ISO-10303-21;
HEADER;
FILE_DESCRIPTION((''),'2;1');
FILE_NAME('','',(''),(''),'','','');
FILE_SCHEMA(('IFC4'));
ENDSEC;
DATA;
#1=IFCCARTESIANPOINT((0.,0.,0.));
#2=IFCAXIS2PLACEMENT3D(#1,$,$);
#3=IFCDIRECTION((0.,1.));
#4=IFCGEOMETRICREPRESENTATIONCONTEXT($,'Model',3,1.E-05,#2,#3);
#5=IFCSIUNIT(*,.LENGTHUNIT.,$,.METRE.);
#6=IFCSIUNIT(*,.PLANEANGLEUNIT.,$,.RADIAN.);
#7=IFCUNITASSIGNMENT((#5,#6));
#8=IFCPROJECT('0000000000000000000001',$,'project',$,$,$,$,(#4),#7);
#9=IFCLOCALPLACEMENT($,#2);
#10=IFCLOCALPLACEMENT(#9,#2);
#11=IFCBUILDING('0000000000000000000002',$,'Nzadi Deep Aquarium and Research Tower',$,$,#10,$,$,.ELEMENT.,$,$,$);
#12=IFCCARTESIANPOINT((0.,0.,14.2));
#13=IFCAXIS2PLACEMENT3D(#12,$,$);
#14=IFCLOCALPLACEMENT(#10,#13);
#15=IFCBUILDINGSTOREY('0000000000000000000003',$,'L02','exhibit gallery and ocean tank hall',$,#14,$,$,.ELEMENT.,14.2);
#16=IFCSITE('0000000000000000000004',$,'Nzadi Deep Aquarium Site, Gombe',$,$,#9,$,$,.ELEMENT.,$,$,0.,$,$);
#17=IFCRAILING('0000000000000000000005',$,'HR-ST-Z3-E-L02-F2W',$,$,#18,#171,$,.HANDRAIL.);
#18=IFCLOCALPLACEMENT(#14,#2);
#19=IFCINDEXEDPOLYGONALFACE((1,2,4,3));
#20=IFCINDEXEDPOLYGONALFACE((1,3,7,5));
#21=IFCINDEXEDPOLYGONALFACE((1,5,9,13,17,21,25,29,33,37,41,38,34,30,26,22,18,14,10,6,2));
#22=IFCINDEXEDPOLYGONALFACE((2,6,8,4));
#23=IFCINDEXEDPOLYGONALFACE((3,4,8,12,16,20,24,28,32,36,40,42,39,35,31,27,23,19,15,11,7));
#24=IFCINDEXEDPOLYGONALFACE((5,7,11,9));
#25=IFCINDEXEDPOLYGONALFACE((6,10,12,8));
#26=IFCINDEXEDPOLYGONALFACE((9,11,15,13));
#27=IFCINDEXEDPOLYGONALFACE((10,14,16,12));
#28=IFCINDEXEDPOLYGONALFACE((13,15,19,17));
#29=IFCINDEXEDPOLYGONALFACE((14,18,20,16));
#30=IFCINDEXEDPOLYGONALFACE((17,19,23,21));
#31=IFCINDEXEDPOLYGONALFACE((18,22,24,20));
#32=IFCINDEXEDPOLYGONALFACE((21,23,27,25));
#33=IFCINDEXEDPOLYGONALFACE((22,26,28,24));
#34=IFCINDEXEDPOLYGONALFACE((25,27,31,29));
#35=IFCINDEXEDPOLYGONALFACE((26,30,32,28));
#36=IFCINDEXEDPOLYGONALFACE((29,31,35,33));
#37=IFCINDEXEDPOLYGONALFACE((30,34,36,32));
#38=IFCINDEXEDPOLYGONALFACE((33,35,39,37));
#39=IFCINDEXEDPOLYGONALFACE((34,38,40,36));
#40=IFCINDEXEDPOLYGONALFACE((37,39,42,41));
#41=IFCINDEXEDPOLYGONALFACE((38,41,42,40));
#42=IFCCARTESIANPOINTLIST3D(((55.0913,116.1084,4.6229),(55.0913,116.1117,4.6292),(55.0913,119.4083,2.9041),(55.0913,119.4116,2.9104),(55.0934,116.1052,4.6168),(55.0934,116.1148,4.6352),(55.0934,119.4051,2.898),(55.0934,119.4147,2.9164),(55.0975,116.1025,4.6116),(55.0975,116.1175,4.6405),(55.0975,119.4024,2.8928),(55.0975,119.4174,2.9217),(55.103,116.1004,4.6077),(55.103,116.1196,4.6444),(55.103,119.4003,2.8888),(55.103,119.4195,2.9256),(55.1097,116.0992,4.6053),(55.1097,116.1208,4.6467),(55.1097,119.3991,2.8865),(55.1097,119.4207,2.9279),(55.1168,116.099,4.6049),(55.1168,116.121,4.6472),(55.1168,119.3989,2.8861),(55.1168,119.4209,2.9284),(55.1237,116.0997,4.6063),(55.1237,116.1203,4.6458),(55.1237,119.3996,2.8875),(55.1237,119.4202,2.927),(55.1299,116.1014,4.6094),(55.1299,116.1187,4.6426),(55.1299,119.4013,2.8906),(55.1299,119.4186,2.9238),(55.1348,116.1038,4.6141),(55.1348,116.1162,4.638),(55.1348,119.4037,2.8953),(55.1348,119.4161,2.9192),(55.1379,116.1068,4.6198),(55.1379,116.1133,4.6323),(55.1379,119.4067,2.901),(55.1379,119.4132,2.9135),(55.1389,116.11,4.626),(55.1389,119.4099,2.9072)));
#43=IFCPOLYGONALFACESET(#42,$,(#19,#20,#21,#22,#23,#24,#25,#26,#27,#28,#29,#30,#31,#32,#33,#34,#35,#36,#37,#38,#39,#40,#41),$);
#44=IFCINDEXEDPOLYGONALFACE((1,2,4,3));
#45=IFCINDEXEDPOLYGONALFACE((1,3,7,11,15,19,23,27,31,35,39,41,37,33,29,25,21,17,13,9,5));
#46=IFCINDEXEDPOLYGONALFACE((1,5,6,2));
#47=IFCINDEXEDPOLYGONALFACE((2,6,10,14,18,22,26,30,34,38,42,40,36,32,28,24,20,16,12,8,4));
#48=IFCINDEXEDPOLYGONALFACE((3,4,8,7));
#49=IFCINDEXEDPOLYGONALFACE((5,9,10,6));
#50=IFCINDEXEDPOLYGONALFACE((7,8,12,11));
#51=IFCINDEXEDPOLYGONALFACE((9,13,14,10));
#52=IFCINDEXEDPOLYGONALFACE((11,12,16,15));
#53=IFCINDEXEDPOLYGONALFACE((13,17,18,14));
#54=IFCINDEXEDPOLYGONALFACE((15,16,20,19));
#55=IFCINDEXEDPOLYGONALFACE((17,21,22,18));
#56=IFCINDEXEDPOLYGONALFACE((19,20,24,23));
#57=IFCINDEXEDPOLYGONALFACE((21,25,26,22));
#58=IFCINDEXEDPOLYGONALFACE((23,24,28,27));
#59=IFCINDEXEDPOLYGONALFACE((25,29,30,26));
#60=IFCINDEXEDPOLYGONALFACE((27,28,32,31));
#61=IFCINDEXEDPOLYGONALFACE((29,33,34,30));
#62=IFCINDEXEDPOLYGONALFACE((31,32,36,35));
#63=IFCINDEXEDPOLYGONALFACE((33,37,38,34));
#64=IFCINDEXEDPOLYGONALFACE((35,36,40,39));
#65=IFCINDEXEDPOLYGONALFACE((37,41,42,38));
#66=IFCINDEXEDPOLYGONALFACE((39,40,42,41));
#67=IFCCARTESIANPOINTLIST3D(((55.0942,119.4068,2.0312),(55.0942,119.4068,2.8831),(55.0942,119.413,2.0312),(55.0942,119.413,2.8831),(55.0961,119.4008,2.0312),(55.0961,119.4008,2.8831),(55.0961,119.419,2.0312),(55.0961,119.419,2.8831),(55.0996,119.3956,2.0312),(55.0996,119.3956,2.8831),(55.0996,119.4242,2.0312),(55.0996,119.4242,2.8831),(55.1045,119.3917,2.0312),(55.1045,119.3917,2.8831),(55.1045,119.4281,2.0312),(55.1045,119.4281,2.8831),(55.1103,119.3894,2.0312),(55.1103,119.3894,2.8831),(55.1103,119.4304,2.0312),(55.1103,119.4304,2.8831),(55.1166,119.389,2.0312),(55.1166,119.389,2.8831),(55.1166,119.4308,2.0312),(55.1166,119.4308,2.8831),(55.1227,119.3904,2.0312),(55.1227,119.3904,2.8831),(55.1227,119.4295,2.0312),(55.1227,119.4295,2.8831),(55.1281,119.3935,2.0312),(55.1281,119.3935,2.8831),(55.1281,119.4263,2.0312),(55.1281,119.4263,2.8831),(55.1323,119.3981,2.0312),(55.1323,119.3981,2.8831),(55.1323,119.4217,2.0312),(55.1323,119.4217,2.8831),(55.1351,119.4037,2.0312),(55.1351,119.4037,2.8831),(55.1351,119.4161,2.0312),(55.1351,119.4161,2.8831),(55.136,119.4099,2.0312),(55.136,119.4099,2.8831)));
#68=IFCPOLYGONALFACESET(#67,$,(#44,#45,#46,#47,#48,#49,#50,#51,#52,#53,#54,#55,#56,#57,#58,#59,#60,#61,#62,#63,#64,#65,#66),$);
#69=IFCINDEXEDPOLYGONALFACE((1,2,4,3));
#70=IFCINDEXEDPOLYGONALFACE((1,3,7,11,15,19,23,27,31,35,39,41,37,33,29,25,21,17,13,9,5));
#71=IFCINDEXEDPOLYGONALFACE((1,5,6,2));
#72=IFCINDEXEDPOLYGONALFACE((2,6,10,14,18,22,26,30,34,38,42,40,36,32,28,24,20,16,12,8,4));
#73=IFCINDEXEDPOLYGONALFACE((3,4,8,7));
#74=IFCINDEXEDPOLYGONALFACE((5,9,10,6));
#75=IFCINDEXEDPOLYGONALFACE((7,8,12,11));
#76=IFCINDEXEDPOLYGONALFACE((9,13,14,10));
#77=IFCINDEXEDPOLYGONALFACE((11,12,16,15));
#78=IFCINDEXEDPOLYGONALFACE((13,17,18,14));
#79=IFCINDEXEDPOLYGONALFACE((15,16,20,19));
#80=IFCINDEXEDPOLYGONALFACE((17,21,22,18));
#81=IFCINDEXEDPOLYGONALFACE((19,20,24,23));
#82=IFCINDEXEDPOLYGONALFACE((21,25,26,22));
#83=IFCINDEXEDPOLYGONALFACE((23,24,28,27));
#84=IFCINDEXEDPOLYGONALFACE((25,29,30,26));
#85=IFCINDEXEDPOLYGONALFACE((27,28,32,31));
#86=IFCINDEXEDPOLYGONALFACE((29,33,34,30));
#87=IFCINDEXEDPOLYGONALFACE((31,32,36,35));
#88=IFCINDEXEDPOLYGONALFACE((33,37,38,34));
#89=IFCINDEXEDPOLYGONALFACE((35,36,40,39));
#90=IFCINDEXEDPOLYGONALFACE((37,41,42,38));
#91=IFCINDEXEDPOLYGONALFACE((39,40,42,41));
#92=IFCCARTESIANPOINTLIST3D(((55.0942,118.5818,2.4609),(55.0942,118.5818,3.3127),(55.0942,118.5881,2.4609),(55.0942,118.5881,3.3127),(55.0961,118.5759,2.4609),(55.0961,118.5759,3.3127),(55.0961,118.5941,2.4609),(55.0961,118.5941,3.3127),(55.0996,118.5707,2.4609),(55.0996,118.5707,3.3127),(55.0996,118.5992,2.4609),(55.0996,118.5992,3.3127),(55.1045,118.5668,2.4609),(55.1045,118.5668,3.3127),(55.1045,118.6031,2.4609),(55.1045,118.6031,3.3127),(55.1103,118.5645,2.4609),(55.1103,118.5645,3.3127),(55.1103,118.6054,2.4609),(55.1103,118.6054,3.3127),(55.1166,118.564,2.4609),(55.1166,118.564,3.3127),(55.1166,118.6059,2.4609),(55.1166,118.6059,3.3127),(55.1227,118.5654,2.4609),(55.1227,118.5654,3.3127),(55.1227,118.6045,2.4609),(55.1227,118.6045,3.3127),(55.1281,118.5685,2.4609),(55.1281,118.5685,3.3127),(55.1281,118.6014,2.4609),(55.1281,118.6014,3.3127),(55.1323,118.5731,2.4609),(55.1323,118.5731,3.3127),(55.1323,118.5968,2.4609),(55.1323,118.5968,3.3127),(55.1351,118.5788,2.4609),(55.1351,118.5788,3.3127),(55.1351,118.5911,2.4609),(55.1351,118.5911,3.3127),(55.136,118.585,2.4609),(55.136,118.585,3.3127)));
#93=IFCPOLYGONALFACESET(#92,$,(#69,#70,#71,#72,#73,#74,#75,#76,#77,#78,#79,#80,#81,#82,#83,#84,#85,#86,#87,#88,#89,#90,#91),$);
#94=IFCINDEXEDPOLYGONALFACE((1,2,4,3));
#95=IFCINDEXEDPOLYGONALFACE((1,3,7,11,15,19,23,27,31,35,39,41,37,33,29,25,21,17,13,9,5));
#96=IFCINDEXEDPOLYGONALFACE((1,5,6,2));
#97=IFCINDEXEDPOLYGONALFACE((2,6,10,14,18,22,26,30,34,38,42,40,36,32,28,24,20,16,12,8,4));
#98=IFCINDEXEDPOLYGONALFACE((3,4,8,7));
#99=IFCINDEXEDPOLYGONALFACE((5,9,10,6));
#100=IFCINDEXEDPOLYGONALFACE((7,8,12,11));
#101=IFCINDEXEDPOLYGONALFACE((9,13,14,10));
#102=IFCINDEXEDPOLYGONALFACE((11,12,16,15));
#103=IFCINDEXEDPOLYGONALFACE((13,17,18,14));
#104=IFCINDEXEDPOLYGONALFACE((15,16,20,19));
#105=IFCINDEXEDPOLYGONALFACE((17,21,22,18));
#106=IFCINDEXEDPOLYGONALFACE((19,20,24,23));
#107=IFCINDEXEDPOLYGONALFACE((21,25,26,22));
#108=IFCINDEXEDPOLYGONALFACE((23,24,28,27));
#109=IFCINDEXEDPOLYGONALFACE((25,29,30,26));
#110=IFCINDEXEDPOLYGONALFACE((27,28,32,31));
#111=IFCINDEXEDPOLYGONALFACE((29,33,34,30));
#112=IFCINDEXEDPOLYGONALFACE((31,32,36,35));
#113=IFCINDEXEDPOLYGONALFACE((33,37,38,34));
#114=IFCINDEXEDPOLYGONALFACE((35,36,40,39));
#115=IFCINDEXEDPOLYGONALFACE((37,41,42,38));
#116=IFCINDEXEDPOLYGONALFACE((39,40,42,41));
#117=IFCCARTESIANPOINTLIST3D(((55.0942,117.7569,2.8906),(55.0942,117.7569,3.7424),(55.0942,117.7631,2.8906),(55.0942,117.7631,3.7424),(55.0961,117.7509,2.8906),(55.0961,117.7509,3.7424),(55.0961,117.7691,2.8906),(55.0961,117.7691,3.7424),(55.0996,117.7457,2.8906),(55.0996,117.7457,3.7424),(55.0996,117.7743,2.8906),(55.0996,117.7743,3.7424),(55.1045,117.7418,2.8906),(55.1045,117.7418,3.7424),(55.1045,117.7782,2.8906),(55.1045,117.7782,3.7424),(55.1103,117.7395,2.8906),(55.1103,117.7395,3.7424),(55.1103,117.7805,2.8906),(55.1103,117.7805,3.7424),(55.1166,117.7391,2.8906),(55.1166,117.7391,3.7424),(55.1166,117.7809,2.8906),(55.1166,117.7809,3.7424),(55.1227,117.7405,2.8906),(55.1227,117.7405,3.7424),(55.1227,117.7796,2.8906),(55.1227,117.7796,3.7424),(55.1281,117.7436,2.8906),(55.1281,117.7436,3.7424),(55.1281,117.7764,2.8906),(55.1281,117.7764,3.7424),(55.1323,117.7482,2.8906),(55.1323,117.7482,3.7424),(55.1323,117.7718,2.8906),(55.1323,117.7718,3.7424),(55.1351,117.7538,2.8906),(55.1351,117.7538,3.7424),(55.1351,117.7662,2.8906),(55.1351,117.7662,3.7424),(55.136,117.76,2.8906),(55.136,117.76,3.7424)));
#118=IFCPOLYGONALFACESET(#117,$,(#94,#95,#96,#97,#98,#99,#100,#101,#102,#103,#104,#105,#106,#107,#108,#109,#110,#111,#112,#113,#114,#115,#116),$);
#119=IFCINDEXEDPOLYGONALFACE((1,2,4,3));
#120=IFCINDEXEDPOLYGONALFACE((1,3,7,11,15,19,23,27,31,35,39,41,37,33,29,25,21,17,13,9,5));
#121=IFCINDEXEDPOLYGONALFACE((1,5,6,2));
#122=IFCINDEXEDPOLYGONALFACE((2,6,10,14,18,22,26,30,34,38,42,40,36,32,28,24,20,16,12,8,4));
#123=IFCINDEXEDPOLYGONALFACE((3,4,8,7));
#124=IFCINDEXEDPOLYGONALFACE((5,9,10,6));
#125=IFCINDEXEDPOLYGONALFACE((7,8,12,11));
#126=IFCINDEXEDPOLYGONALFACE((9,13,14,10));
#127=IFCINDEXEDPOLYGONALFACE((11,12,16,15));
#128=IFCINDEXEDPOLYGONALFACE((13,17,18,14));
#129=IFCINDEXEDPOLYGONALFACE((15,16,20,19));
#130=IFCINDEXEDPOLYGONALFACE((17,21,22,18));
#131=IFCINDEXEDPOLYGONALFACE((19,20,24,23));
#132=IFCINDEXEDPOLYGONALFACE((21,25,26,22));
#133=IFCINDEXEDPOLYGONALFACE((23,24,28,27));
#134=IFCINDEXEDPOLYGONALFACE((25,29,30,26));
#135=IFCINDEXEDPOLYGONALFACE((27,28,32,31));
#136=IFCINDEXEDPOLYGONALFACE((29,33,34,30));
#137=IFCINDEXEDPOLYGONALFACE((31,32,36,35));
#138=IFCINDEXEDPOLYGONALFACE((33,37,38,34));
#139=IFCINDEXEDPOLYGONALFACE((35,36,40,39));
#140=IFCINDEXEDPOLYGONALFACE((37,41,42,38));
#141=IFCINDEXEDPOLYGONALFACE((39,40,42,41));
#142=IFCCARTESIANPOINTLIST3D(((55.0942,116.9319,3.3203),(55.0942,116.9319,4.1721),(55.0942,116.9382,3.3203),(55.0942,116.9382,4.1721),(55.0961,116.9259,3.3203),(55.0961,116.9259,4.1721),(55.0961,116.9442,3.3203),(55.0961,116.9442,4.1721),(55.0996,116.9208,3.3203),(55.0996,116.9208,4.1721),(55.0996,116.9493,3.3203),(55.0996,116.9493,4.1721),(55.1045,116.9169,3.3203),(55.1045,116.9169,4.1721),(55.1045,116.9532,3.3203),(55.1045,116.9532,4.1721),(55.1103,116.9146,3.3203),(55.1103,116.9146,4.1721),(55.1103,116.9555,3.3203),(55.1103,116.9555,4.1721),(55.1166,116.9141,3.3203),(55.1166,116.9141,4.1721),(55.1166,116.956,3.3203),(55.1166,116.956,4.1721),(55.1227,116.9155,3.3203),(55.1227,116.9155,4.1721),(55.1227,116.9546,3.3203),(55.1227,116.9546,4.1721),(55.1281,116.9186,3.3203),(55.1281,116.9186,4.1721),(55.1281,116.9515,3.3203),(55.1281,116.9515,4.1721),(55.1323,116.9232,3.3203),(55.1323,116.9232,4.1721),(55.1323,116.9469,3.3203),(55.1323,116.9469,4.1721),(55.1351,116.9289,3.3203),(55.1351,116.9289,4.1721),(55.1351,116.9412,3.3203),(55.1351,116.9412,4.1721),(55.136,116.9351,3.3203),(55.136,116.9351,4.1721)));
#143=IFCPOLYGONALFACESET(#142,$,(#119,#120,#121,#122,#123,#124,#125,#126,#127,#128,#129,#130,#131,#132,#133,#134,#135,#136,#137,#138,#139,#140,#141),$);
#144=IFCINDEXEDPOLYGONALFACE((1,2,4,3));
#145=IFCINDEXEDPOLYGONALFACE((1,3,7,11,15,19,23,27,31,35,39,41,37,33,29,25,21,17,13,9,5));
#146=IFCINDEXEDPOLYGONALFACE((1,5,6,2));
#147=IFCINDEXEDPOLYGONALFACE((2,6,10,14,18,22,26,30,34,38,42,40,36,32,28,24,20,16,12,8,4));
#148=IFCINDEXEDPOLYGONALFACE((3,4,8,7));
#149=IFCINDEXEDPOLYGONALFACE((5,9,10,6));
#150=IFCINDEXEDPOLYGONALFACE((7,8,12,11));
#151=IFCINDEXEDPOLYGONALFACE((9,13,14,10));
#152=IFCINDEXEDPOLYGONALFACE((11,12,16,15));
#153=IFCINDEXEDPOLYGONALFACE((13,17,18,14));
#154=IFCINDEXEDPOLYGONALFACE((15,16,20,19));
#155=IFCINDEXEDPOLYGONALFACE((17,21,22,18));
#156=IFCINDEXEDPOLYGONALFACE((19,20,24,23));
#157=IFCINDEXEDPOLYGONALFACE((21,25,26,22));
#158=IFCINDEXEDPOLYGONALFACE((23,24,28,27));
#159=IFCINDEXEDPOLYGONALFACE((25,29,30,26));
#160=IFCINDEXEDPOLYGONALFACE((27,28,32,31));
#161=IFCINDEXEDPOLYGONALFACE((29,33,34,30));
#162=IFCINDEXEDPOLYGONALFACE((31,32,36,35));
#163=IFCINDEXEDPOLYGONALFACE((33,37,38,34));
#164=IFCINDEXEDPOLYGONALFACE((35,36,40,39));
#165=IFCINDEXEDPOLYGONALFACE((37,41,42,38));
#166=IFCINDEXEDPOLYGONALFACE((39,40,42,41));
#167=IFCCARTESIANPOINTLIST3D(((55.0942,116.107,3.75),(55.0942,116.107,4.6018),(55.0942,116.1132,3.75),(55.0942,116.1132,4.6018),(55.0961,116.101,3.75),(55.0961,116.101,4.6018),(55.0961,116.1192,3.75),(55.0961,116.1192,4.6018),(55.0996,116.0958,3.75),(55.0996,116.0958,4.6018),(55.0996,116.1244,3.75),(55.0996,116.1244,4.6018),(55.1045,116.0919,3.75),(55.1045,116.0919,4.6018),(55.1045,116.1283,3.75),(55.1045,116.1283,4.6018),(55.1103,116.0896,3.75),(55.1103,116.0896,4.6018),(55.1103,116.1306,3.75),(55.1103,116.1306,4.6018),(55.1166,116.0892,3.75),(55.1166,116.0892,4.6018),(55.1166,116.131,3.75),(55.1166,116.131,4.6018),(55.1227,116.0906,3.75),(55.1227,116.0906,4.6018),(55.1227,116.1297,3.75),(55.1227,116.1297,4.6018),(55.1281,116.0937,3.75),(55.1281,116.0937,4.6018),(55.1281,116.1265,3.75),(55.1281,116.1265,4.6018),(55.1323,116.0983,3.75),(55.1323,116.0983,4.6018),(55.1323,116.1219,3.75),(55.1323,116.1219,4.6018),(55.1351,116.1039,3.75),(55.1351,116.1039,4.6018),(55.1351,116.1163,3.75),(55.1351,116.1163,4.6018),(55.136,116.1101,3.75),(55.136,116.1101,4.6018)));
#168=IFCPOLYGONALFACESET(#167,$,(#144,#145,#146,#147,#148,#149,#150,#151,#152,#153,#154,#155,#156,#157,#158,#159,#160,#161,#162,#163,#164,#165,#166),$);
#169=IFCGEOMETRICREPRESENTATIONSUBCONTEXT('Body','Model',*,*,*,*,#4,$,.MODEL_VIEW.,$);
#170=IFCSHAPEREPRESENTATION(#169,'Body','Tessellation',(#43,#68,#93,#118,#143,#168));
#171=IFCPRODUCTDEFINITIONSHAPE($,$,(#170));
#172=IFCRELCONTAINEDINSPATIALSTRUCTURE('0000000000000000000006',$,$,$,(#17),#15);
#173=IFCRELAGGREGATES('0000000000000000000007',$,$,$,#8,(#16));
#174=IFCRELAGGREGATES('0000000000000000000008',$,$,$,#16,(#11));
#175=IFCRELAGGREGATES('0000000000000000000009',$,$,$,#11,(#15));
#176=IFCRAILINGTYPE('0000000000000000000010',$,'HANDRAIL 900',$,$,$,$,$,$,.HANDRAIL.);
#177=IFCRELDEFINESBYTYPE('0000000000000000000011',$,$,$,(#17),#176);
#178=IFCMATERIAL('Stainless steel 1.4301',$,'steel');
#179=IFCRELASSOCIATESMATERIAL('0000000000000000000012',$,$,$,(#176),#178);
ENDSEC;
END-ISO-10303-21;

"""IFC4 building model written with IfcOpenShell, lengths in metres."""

from ifc_helpers import new_model, si_unit, direction, frame, origin, origin_2d, place, context, subcontext, project, spatial, circle, extrude, material, type_object, element, save


model = new_model("IFC4")

# Units and contexts
model_context = context("Model", 3, precision=1e-05, world=origin(), true_north=direction((0.0, 1.0)))
body_context = subcontext(model_context, "Body", "Model", "MODEL_VIEW")
ifc_project = project(units=[si_unit("LENGTHUNIT", "METRE"), si_unit("PLANEANGLEUNIT", "RADIAN")], contexts=[model_context])

# Site, building, storey
site_placement = place(None, origin())
site = spatial("IfcSite", under=ifc_project, at=site_placement, Name="Nzadi Deep Aquarium Site, Gombe", CompositionType="ELEMENT", RefElevation=0.0)
building_placement = place(site_placement, origin())
building = spatial("IfcBuilding", under=site, at=building_placement, Name="Nzadi Deep Aquarium and Research Tower", CompositionType="ELEMENT")
storey_placement = place(building_placement, frame((0.0, 0.0, 14.2)))
storey = spatial("IfcBuildingStorey", under=building, at=storey_placement, Name="L02", Description="exhibit gallery and ocean tank hall", CompositionType="ELEMENT", Elevation=14.2)

# Railing
ifc_material_1 = material(Name="Stainless steel 1.4301", Category="steel")
railing_type = type_object("IfcRailingType", Name="HANDRAIL 900", PredefinedType="HANDRAIL", material=ifc_material_1)
for number, where, name in (
    (1, (55.115, 119.4099, 2.0312), "HR-ST-Z3-E-L02-F2W"),
):
    element("IfcRailing", number, at=place(storey_placement, frame(where)), inside=storey, type_object=railing_type, Name=name, PredefinedType="HANDRAIL", context=body_context, shape_type="SweptSolid", body=[
        extrude(circle(Radius=0.0239, at=origin_2d()), frame((0.0, 0.0, 0.876), z_axis=(0.0, -0.886903, 0.461956), x_axis=(1.0, 0.0, 0.0)), (0.0, 0.0, 1.0), 3.7207),
        extrude(circle(Radius=0.021, at=origin_2d()), origin(), (0.0, 0.0, 1.0), 0.8518),
        extrude(circle(Radius=0.021, at=origin_2d()), frame((0.0, -0.825, 0.4297)), (0.0, 0.0, 1.0), 0.8518),
        extrude(circle(Radius=0.021, at=origin_2d()), frame((0.0, -1.6499, 0.8594)), (0.0, 0.0, 1.0), 0.8518),
        extrude(circle(Radius=0.021, at=origin_2d()), frame((0.0, -2.4749, 1.2891)), (0.0, 0.0, 1.0), 0.8518),
        extrude(circle(Radius=0.021, at=origin_2d()), frame((0.0, -3.2998, 1.7188)), (0.0, 0.0, 1.0), 0.8518),
    ])

save(model, "model.ifc")
